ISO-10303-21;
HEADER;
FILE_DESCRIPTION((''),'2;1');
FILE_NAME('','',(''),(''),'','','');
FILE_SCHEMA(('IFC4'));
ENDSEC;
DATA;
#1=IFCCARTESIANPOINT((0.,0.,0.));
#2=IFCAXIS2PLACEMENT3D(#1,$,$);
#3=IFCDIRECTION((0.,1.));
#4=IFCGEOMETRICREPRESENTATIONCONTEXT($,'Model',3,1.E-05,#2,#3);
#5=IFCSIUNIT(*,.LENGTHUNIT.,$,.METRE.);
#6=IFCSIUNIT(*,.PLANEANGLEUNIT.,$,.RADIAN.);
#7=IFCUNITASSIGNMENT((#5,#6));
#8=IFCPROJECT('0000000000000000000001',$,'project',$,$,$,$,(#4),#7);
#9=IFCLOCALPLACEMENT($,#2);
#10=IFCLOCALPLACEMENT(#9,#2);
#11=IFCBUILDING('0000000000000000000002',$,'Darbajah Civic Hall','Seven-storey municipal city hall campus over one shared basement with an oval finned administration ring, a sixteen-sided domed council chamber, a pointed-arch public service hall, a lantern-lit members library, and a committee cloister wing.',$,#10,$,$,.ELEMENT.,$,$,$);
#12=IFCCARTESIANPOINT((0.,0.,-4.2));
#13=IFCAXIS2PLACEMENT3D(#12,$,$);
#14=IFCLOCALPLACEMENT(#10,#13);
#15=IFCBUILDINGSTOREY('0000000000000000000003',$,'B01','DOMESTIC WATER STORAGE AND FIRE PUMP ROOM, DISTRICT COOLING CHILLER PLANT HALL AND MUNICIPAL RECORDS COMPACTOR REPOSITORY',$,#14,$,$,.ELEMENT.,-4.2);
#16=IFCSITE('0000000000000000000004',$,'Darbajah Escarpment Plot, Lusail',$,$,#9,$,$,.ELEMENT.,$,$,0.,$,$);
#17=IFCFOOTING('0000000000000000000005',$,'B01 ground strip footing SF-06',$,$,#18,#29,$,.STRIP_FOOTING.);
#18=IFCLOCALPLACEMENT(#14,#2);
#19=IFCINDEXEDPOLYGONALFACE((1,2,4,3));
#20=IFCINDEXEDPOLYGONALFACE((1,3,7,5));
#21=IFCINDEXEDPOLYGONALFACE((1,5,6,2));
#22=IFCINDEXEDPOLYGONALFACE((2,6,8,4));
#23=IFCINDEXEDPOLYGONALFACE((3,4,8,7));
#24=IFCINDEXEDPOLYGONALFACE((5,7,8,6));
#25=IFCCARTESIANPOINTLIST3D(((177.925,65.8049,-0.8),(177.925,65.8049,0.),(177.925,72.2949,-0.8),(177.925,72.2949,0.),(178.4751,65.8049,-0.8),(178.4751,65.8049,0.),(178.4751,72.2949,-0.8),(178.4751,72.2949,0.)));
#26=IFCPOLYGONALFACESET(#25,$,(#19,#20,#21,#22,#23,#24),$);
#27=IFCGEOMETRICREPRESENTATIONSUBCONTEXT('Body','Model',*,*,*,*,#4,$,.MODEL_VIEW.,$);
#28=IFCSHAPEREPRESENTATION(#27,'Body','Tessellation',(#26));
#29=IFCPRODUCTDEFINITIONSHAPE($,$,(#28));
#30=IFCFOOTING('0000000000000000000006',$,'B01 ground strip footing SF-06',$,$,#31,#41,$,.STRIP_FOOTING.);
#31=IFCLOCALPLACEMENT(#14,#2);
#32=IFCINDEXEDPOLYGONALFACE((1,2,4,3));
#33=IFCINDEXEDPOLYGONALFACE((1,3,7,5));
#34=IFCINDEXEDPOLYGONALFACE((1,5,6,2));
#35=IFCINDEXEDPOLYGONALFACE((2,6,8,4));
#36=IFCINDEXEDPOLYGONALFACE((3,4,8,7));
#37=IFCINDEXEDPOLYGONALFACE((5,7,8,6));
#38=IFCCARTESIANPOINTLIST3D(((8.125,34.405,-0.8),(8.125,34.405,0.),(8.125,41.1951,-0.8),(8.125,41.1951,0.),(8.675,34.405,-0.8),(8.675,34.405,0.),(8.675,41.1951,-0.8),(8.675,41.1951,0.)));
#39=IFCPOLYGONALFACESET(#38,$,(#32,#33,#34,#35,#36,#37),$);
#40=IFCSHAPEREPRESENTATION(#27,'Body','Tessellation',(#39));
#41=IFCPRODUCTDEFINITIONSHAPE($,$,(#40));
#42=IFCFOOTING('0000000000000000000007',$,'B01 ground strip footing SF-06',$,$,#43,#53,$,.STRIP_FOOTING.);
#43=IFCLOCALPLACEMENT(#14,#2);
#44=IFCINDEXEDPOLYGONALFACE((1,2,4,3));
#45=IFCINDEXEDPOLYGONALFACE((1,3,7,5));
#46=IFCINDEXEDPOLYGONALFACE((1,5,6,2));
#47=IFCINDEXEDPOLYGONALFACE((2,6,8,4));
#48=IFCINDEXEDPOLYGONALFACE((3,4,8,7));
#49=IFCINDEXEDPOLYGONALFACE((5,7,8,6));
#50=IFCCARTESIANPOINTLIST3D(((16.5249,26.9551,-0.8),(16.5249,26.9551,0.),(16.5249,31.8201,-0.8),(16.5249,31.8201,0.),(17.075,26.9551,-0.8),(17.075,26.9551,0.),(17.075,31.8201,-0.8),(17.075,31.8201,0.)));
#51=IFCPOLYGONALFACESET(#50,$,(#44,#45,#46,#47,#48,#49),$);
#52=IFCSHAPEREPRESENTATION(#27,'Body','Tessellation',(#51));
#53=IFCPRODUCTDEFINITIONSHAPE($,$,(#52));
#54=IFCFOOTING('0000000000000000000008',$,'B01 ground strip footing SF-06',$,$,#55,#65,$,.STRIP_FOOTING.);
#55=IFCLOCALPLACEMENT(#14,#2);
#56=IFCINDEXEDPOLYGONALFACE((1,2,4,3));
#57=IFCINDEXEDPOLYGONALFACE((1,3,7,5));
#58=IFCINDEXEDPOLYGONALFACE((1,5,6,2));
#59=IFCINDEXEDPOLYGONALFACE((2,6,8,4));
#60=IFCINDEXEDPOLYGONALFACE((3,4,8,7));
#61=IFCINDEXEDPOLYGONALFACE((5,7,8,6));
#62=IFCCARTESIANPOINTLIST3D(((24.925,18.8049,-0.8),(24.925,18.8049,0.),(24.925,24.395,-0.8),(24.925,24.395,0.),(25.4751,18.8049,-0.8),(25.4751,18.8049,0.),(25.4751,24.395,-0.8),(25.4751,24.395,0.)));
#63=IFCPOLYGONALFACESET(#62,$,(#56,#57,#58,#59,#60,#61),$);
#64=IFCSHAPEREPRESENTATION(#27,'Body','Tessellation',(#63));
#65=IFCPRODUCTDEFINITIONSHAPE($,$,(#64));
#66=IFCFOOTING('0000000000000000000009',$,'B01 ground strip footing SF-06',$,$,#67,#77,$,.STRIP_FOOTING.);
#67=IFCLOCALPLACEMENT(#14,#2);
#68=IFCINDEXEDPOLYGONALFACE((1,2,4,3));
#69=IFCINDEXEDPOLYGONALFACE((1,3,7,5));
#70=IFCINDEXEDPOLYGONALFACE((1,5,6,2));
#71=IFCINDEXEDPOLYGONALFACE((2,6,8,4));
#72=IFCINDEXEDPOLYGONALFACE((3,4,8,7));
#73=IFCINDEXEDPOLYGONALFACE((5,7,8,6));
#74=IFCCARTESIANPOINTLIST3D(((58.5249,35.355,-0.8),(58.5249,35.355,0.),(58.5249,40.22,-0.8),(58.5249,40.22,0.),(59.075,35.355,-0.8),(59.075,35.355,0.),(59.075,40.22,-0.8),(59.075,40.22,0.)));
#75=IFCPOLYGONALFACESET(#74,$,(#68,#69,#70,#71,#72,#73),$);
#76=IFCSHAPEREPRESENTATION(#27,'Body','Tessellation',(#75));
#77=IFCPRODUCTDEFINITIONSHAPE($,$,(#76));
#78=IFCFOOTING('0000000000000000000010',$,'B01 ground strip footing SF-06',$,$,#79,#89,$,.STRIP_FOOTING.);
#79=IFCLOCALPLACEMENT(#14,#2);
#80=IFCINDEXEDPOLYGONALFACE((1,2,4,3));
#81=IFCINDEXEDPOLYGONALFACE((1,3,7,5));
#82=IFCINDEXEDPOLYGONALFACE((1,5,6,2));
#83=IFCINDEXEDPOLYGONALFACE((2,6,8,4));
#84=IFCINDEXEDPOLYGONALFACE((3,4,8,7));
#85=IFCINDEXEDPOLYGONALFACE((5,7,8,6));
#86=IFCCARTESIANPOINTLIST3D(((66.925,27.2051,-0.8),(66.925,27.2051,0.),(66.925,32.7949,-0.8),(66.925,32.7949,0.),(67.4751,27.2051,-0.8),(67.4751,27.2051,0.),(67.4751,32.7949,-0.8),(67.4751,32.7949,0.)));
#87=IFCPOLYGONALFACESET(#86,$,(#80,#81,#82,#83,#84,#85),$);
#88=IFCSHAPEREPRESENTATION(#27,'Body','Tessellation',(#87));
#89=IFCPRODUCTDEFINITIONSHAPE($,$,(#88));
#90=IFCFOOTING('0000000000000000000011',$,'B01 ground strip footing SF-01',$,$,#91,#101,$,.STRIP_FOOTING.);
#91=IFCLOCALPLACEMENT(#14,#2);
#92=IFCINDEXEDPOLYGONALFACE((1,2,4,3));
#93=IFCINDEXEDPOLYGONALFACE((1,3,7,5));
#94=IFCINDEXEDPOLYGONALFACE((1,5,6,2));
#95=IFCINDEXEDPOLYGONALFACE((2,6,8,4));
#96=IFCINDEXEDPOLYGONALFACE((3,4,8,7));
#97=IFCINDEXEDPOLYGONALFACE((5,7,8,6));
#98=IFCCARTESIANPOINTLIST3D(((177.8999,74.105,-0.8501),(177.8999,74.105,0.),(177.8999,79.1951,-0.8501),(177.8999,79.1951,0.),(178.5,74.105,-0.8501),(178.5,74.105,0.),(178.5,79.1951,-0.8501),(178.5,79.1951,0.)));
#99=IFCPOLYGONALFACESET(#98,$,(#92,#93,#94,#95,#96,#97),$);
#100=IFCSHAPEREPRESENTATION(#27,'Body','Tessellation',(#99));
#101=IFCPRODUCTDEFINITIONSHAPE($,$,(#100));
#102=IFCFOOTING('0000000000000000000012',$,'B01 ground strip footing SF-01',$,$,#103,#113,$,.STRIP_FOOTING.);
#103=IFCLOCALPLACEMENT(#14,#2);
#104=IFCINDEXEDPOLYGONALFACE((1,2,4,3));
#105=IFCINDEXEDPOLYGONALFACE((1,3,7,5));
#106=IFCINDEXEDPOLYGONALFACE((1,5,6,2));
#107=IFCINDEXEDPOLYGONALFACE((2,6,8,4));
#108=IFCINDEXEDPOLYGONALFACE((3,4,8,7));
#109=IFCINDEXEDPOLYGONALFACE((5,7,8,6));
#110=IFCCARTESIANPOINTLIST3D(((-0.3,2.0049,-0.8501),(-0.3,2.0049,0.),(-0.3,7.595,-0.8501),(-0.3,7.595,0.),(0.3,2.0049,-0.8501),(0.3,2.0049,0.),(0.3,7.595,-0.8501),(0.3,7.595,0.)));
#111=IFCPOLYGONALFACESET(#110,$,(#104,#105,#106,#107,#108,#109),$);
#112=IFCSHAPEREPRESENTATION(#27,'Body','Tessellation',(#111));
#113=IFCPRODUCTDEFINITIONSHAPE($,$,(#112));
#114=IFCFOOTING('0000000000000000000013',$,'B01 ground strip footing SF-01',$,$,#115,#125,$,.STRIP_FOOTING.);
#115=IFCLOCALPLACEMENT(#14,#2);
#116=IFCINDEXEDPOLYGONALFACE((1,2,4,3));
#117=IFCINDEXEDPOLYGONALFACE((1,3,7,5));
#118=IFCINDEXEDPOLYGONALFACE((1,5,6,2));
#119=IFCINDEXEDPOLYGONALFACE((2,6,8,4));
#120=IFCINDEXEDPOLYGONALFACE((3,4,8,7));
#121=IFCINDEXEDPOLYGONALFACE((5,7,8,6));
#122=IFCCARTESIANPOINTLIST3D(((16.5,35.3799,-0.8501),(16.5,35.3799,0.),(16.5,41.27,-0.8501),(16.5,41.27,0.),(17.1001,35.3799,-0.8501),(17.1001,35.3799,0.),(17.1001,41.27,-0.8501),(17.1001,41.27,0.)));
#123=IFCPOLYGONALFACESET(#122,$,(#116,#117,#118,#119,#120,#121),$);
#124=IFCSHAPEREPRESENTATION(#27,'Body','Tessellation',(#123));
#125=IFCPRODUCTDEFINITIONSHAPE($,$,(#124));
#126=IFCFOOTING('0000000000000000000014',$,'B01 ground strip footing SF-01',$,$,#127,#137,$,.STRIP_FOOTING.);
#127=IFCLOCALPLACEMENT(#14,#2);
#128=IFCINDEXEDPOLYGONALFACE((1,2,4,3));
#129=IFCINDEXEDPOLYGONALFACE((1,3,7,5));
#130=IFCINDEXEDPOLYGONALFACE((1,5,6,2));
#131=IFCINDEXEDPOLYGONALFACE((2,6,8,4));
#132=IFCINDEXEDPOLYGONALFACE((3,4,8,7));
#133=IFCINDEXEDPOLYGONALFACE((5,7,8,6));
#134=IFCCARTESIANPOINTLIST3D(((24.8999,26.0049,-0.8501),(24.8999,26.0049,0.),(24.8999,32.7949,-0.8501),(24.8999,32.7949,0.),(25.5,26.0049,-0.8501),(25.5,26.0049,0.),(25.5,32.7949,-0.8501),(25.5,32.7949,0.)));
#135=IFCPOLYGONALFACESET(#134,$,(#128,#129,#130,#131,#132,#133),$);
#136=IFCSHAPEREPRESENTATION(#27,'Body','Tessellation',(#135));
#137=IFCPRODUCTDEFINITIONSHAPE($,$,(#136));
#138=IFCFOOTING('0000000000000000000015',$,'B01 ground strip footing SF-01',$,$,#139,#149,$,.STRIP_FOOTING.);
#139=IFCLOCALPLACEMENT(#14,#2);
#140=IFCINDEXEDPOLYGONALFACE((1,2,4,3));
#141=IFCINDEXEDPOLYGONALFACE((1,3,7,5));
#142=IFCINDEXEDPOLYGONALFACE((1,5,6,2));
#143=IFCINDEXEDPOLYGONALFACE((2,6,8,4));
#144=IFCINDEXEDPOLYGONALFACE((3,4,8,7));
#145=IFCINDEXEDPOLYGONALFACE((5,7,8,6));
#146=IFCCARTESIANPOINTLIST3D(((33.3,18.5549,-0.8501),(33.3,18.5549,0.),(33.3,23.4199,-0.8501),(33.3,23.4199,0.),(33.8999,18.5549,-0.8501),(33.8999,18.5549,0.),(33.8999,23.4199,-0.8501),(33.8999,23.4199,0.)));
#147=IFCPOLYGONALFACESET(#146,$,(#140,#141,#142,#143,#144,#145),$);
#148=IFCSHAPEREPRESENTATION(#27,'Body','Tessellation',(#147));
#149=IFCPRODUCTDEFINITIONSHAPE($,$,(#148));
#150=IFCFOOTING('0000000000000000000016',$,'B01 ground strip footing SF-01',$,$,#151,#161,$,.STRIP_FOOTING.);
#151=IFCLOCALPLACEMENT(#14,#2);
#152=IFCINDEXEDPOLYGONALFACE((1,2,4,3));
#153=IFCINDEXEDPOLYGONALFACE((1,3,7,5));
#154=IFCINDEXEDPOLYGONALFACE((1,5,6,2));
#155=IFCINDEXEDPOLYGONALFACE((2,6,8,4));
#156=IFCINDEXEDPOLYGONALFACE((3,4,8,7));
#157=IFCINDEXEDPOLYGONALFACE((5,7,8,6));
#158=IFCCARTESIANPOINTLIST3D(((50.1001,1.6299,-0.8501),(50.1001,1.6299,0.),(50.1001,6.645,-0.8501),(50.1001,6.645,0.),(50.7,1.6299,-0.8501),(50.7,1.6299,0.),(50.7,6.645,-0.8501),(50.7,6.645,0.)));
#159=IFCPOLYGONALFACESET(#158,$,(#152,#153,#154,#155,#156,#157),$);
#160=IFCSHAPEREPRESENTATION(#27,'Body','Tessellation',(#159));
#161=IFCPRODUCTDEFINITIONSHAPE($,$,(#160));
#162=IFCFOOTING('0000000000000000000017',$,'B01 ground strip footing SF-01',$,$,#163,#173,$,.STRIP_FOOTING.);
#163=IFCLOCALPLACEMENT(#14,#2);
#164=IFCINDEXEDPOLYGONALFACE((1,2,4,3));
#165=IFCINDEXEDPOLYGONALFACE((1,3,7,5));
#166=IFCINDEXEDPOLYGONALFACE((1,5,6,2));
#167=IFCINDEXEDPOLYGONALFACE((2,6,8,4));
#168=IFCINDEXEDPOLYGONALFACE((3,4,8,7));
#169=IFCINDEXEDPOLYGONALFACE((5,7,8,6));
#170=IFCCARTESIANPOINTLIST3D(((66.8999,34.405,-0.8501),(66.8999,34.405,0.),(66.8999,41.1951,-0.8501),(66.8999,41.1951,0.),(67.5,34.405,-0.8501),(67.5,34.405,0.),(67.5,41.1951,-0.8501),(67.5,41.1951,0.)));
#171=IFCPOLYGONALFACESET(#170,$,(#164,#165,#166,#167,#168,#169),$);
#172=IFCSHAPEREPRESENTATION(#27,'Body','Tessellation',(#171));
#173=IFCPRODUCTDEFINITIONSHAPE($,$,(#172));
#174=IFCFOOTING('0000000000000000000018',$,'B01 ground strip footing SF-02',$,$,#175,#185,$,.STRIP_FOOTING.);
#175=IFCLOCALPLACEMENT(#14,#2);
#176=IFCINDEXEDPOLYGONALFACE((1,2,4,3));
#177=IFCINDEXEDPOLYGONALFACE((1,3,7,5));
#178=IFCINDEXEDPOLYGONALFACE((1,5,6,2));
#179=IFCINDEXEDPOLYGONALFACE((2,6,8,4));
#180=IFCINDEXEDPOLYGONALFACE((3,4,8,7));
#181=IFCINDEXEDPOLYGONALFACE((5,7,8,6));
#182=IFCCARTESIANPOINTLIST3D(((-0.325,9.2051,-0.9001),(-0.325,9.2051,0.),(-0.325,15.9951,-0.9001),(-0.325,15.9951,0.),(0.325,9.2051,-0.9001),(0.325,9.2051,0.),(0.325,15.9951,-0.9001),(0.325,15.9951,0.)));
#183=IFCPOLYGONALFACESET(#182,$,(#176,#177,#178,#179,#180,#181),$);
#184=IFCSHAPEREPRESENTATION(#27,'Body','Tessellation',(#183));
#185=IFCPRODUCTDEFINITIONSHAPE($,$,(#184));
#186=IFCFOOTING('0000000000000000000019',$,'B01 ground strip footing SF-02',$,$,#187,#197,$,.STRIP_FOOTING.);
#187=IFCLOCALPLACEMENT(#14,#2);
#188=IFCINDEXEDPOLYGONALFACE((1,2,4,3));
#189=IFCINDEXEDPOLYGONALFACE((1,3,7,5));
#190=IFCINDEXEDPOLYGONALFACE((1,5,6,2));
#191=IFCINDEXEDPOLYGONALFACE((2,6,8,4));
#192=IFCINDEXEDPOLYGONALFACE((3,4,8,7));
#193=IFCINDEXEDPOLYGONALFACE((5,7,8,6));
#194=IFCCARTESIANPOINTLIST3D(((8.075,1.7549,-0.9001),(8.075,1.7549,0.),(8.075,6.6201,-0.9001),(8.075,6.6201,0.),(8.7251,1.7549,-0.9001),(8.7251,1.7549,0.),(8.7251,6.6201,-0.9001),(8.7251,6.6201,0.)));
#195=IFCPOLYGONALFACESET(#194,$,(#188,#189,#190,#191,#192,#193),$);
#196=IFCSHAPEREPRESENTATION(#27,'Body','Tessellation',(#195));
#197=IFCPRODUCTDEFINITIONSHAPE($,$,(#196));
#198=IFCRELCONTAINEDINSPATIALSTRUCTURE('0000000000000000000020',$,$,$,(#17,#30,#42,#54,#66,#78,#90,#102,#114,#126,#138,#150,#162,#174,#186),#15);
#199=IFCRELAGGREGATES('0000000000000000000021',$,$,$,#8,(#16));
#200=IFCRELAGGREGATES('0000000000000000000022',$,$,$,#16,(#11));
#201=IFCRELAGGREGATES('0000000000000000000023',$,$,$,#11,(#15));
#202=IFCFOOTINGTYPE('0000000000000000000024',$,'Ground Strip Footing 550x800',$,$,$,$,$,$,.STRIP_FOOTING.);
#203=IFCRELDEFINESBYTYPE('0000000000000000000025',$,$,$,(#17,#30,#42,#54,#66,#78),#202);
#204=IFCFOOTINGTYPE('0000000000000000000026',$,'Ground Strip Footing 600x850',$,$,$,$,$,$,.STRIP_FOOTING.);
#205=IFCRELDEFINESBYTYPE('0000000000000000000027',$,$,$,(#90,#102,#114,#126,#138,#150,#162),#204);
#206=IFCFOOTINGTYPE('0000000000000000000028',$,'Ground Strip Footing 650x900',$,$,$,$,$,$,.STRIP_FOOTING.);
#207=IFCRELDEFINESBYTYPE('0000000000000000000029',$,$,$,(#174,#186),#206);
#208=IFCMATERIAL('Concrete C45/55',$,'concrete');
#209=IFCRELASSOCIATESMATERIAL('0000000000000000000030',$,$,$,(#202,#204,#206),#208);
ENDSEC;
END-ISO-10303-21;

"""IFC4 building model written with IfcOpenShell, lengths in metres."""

from ifc_helpers import new_model, si_unit, direction, frame, origin, place, context, subcontext, project, spatial, polyline, outline, extrude, material, type_object, element, save


model = new_model("IFC4")

# Units and contexts
model_context = context("Model", 3, precision=1e-05, world=origin(), true_north=direction((0.0, 1.0)))
body_context = subcontext(model_context, "Body", "Model", "MODEL_VIEW")
ifc_project = project(units=[si_unit("LENGTHUNIT", "METRE"), si_unit("PLANEANGLEUNIT", "RADIAN")], contexts=[model_context])

# Site, building, storey
site_placement = place(None, origin())
site = spatial("IfcSite", under=ifc_project, at=site_placement, Name="Darbajah Escarpment Plot, Lusail", CompositionType="ELEMENT", RefElevation=0.0)
building_placement = place(site_placement, origin())
building = spatial("IfcBuilding", under=site, at=building_placement, Name="Darbajah Civic Hall", Description="Seven-storey municipal city hall campus over one shared basement with an oval finned administration ring, a sixteen-sided domed council chamber, a pointed-arch public service hall, a lantern-lit members library, and a committee cloister wing.", CompositionType="ELEMENT")
storey_placement = place(building_placement, frame((0.0, 0.0, -4.2)))
storey = spatial("IfcBuildingStorey", under=building, at=storey_placement, Name="B01", Description="DOMESTIC WATER STORAGE AND FIRE PUMP ROOM, DISTRICT COOLING CHILLER PLANT HALL AND MUNICIPAL RECORDS COMPACTOR REPOSITORY", CompositionType="ELEMENT", Elevation=-4.2)

# Footings
ifc_material_1 = material(Name="Concrete C45/55", Category="concrete")
footing_type_1 = type_object("IfcFootingType", Name="Ground Strip Footing 550x800", PredefinedType="STRIP_FOOTING", material=ifc_material_1)
footing_1_placement = place(storey_placement, frame((0.0, 0.0, -0.8)))
element("IfcFooting", 1, at=footing_1_placement, inside=storey, type_object=footing_type_1, Name="B01 ground strip footing SF-06", PredefinedType="STRIP_FOOTING", context=body_context, shape_type="SweptSolid", body=[
    extrude(outline(polyline([(178.4751, 65.8049), (178.4751, 72.2949), (177.925, 72.2949), (177.925, 65.8049), (178.4751, 65.8049)])), origin(), (0.0, 0.0, 1.0), 0.8),
])
footing_2_placement = place(storey_placement, frame((0.0, 0.0, -0.8)))
element("IfcFooting", 2, at=footing_2_placement, inside=storey, type_object=footing_type_1, Name="B01 ground strip footing SF-06", PredefinedType="STRIP_FOOTING", context=body_context, shape_type="SweptSolid", body=[
    extrude(outline(polyline([(8.675, 34.405), (8.675, 41.1951), (8.125, 41.1951), (8.125, 34.405), (8.675, 34.405)])), origin(), (0.0, 0.0, 1.0), 0.8),
])
footing_3_placement = place(storey_placement, frame((0.0, 0.0, -0.8)))
element("IfcFooting", 3, at=footing_3_placement, inside=storey, type_object=footing_type_1, Name="B01 ground strip footing SF-06", PredefinedType="STRIP_FOOTING", context=body_context, shape_type="SweptSolid", body=[
    extrude(outline(polyline([(17.075, 26.9551), (17.075, 31.8201), (16.5249, 31.8201), (16.5249, 26.9551), (17.075, 26.9551)])), origin(), (0.0, 0.0, 1.0), 0.8),
])
footing_4_placement = place(storey_placement, frame((0.0, 0.0, -0.8)))
element("IfcFooting", 4, at=footing_4_placement, inside=storey, type_object=footing_type_1, Name="B01 ground strip footing SF-06", PredefinedType="STRIP_FOOTING", context=body_context, shape_type="SweptSolid", body=[
    extrude(outline(polyline([(25.4751, 18.8049), (25.4751, 24.395), (24.925, 24.395), (24.925, 18.8049), (25.4751, 18.8049)])), origin(), (0.0, 0.0, 1.0), 0.8),
])
footing_5_placement = place(storey_placement, frame((0.0, 0.0, -0.8)))
element("IfcFooting", 5, at=footing_5_placement, inside=storey, type_object=footing_type_1, Name="B01 ground strip footing SF-06", PredefinedType="STRIP_FOOTING", context=body_context, shape_type="SweptSolid", body=[
    extrude(outline(polyline([(59.075, 35.355), (59.075, 40.22), (58.5249, 40.22), (58.5249, 35.355), (59.075, 35.355)])), origin(), (0.0, 0.0, 1.0), 0.8),
])
footing_6_placement = place(storey_placement, frame((0.0, 0.0, -0.8)))
element("IfcFooting", 6, at=footing_6_placement, inside=storey, type_object=footing_type_1, Name="B01 ground strip footing SF-06", PredefinedType="STRIP_FOOTING", context=body_context, shape_type="SweptSolid", body=[
    extrude(outline(polyline([(67.4751, 27.2051), (67.4751, 32.7949), (66.925, 32.7949), (66.925, 27.2051), (67.4751, 27.2051)])), origin(), (0.0, 0.0, 1.0), 0.8),
])
footing_type_2 = type_object("IfcFootingType", Name="Ground Strip Footing 600x850", PredefinedType="STRIP_FOOTING", material=ifc_material_1)
footing_7_placement = place(storey_placement, frame((0.0, 0.0, -0.8501)))
element("IfcFooting", 7, at=footing_7_placement, inside=storey, type_object=footing_type_2, Name="B01 ground strip footing SF-01", PredefinedType="STRIP_FOOTING", context=body_context, shape_type="SweptSolid", body=[
    extrude(outline(polyline([(178.5, 74.105), (178.5, 79.1951), (177.8999, 79.1951), (177.8999, 74.105), (178.5, 74.105)])), origin(), (0.0, 0.0, 1.0), 0.8501),
])
footing_8_placement = place(storey_placement, frame((0.0, 0.0, -0.8501)))
element("IfcFooting", 8, at=footing_8_placement, inside=storey, type_object=footing_type_2, Name="B01 ground strip footing SF-01", PredefinedType="STRIP_FOOTING", context=body_context, shape_type="SweptSolid", body=[
    extrude(outline(polyline([(0.3, 2.0049), (0.3, 7.595), (-0.3, 7.595), (-0.3, 2.0049), (0.3, 2.0049)])), origin(), (0.0, 0.0, 1.0), 0.8501),
])
footing_9_placement = place(storey_placement, frame((0.0, 0.0, -0.8501)))
element("IfcFooting", 9, at=footing_9_placement, inside=storey, type_object=footing_type_2, Name="B01 ground strip footing SF-01", PredefinedType="STRIP_FOOTING", context=body_context, shape_type="SweptSolid", body=[
    extrude(outline(polyline([(17.1001, 35.3799), (17.1001, 41.27), (16.5, 41.27), (16.5, 35.3799), (17.1001, 35.3799)])), origin(), (0.0, 0.0, 1.0), 0.8501),
])
footing_10_placement = place(storey_placement, frame((0.0, 0.0, -0.8501)))
element("IfcFooting", 10, at=footing_10_placement, inside=storey, type_object=footing_type_2, Name="B01 ground strip footing SF-01", PredefinedType="STRIP_FOOTING", context=body_context, shape_type="SweptSolid", body=[
    extrude(outline(polyline([(25.5, 26.0049), (25.5, 32.7949), (24.8999, 32.7949), (24.8999, 26.0049), (25.5, 26.0049)])), origin(), (0.0, 0.0, 1.0), 0.8501),
])
footing_11_placement = place(storey_placement, frame((0.0, 0.0, -0.8501)))
element("IfcFooting", 11, at=footing_11_placement, inside=storey, type_object=footing_type_2, Name="B01 ground strip footing SF-01", PredefinedType="STRIP_FOOTING", context=body_context, shape_type="SweptSolid", body=[
    extrude(outline(polyline([(33.8999, 18.5549), (33.8999, 23.4199), (33.3, 23.4199), (33.3, 18.5549), (33.8999, 18.5549)])), origin(), (0.0, 0.0, 1.0), 0.8501),
])
footing_12_placement = place(storey_placement, frame((0.0, 0.0, -0.8501)))
element("IfcFooting", 12, at=footing_12_placement, inside=storey, type_object=footing_type_2, Name="B01 ground strip footing SF-01", PredefinedType="STRIP_FOOTING", context=body_context, shape_type="SweptSolid", body=[
    extrude(outline(polyline([(50.7, 1.6299), (50.7, 6.645), (50.1001, 6.645), (50.1001, 1.6299), (50.7, 1.6299)])), origin(), (0.0, 0.0, 1.0), 0.8501),
])
footing_13_placement = place(storey_placement, frame((0.0, 0.0, -0.8501)))
element("IfcFooting", 13, at=footing_13_placement, inside=storey, type_object=footing_type_2, Name="B01 ground strip footing SF-01", PredefinedType="STRIP_FOOTING", context=body_context, shape_type="SweptSolid", body=[
    extrude(outline(polyline([(67.5, 34.405), (67.5, 41.1951), (66.8999, 41.1951), (66.8999, 34.405), (67.5, 34.405)])), origin(), (0.0, 0.0, 1.0), 0.8501),
])
footing_type_3 = type_object("IfcFootingType", Name="Ground Strip Footing 650x900", PredefinedType="STRIP_FOOTING", material=ifc_material_1)
footing_14_placement = place(storey_placement, frame((0.0, 0.0, -0.9001)))
element("IfcFooting", 14, at=footing_14_placement, inside=storey, type_object=footing_type_3, Name="B01 ground strip footing SF-02", PredefinedType="STRIP_FOOTING", context=body_context, shape_type="SweptSolid", body=[
    extrude(outline(polyline([(0.325, 9.2051), (0.325, 15.9951), (-0.325, 15.9951), (-0.325, 9.2051), (0.325, 9.2051)])), origin(), (0.0, 0.0, 1.0), 0.9001),
])
footing_15_placement = place(storey_placement, frame((0.0, 0.0, -0.9001)))
element("IfcFooting", 15, at=footing_15_placement, inside=storey, type_object=footing_type_3, Name="B01 ground strip footing SF-02", PredefinedType="STRIP_FOOTING", context=body_context, shape_type="SweptSolid", body=[
    extrude(outline(polyline([(8.7251, 1.7549), (8.7251, 6.6201), (8.075, 6.6201), (8.075, 1.7549), (8.7251, 1.7549)])), origin(), (0.0, 0.0, 1.0), 0.9001),
])

save(model, "model.ifc")
